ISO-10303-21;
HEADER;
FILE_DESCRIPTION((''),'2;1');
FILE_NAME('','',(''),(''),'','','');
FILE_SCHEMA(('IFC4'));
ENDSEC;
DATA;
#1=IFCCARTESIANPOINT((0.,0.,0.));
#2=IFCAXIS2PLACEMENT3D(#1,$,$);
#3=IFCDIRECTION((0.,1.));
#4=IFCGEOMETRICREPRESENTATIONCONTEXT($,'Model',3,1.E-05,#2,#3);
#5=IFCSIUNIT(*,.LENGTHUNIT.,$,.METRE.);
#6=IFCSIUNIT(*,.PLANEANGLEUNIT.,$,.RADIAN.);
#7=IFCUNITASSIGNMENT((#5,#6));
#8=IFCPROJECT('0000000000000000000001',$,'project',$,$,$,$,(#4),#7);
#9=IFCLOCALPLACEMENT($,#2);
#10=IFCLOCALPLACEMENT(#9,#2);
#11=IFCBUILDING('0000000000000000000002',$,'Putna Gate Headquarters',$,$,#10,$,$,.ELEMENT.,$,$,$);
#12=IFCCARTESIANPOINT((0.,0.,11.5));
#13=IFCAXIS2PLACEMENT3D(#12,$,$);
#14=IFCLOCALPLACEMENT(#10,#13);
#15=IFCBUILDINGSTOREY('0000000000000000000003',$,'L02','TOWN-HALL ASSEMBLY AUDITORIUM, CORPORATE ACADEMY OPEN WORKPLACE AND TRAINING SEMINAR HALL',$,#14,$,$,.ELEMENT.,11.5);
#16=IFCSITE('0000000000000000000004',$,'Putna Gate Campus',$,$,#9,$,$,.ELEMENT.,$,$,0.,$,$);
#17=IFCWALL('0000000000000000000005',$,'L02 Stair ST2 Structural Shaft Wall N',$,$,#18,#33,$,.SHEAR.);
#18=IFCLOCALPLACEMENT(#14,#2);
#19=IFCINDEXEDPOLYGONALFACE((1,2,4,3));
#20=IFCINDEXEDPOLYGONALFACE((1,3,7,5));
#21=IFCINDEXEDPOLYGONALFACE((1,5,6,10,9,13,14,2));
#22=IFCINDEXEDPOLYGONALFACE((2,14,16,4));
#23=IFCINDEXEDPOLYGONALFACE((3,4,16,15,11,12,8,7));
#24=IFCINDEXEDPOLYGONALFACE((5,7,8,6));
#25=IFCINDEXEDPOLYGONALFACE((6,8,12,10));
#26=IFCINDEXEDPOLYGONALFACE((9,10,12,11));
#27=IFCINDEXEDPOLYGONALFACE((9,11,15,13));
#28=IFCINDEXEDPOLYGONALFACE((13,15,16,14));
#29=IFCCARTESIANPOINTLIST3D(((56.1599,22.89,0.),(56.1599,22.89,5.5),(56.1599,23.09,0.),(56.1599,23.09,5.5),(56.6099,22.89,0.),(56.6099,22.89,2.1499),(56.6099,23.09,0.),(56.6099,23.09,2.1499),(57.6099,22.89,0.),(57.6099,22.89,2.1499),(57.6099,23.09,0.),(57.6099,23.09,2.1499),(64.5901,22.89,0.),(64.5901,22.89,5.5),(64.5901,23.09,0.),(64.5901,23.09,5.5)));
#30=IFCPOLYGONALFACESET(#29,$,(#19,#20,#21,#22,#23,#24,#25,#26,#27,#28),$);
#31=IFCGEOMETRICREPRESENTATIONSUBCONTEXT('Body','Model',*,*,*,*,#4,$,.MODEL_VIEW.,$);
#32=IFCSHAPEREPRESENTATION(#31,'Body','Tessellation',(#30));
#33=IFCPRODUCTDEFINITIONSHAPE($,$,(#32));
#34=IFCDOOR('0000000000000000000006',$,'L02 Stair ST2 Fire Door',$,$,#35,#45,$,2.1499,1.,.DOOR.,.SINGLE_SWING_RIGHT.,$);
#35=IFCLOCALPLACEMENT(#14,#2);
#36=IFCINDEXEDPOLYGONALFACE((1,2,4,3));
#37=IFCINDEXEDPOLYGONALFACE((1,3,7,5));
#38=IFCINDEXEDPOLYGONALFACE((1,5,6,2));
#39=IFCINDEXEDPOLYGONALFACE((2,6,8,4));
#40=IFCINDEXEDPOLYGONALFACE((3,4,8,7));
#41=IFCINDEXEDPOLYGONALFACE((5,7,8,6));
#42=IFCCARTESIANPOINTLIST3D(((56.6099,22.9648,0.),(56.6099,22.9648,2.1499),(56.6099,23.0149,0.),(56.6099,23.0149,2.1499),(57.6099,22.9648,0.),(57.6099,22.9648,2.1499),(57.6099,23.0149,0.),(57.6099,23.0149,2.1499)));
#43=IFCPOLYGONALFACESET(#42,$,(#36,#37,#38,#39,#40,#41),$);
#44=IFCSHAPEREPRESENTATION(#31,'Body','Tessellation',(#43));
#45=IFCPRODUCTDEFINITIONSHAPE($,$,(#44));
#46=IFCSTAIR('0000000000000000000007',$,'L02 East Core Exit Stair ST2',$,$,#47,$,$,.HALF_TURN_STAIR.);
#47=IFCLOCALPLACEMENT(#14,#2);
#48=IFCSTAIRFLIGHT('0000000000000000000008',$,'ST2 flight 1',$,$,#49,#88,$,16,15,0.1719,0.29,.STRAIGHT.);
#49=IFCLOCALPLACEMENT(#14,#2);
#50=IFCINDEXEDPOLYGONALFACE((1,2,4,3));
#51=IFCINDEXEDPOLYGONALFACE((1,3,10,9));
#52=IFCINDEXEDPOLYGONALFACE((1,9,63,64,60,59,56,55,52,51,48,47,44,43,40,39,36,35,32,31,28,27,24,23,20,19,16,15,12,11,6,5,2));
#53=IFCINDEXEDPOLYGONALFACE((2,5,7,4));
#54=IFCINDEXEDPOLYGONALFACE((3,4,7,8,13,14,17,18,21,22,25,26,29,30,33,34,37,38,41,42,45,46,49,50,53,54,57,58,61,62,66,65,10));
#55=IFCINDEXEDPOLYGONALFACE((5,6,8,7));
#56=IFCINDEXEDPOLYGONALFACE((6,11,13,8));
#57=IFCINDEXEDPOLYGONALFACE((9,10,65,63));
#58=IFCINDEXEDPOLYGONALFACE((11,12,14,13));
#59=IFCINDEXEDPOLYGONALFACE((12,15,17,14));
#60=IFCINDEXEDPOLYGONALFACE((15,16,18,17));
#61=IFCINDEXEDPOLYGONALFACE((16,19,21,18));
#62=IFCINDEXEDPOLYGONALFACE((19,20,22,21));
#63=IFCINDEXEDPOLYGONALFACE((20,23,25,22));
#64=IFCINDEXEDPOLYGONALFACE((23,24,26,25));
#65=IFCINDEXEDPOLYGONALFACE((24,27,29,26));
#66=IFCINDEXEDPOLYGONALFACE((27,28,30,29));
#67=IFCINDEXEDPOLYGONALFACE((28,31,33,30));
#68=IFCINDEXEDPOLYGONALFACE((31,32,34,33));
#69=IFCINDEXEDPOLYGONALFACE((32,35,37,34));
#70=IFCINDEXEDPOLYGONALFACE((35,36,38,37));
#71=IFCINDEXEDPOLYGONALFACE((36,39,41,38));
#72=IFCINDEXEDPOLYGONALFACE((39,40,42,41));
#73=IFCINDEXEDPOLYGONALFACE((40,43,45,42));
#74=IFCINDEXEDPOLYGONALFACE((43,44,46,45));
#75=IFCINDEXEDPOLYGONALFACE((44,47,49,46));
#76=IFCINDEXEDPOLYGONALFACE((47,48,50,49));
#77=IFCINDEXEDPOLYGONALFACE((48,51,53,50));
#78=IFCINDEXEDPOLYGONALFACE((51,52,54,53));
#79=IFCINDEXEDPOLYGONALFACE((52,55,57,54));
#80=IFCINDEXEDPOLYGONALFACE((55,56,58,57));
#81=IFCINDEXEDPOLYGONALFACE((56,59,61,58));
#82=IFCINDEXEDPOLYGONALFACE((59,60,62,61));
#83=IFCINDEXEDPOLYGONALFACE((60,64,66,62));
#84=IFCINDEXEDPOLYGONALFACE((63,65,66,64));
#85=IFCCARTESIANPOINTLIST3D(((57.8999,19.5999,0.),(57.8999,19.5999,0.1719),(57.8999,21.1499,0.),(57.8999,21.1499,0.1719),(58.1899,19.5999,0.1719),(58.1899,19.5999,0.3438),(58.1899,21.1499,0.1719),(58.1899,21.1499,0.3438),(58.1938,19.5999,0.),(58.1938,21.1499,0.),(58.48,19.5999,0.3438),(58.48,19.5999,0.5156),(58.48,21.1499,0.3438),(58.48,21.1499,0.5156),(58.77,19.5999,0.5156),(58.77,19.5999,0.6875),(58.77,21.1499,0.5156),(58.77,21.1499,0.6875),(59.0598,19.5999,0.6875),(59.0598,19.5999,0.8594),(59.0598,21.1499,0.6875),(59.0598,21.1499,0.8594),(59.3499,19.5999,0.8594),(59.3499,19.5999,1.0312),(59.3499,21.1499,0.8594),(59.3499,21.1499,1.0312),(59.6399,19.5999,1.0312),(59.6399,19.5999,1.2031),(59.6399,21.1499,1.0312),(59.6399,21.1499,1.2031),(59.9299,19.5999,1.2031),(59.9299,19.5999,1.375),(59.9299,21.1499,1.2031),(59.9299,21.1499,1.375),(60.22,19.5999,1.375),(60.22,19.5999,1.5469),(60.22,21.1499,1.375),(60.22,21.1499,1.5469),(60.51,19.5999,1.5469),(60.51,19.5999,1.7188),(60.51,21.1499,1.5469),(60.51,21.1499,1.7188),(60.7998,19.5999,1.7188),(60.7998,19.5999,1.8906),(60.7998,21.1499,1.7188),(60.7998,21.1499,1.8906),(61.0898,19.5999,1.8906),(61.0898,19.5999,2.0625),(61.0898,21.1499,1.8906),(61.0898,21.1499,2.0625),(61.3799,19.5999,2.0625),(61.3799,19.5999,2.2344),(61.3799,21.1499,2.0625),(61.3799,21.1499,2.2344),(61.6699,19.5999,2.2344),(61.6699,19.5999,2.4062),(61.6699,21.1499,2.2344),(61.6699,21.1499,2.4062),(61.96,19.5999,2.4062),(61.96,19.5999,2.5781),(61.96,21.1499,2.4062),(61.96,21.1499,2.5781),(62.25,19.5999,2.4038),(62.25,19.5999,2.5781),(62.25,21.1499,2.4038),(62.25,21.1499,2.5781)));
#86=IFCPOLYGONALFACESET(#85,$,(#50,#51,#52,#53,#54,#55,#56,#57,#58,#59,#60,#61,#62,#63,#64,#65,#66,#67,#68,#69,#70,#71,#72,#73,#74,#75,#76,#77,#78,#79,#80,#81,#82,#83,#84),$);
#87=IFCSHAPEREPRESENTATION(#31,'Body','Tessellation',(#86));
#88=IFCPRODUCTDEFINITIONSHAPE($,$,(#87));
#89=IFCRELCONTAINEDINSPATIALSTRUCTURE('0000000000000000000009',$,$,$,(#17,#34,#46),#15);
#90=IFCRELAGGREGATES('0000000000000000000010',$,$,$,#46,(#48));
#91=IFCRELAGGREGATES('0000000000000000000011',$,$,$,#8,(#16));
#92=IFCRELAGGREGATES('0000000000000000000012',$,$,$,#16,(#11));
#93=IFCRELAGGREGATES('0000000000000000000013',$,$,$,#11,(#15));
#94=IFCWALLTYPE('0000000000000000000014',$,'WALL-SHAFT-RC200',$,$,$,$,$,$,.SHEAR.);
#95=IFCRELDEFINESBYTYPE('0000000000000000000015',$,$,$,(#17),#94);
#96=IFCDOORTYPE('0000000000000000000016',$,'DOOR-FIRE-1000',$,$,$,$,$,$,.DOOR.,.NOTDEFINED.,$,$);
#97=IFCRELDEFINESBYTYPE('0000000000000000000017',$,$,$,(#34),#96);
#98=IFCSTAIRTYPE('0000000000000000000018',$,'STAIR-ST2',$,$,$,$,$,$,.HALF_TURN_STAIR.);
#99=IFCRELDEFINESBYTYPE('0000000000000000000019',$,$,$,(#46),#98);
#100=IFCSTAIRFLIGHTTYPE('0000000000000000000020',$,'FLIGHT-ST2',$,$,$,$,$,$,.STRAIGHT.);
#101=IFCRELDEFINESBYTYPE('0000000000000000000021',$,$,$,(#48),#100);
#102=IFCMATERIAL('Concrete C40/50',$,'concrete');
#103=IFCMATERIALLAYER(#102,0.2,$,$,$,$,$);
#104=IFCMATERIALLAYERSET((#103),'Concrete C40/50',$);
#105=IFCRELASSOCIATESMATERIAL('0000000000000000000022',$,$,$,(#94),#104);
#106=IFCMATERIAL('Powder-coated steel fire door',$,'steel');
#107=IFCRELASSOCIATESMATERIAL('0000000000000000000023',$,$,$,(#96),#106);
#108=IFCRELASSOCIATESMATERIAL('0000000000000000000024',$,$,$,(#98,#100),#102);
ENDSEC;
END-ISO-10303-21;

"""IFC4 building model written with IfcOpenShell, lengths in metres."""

from ifc_helpers import new_model, si_unit, direction, frame, frame_2d, origin, place, context, subcontext, project, spatial, polyline, rectangle, outline, extrude, material, layer, layer_set, type_object, element, fill, aggregate, save


model = new_model("IFC4")

# Units and contexts
model_context = context("Model", 3, precision=1e-05, world=origin(), true_north=direction((0.0, 1.0)))
body_context = subcontext(model_context, "Body", "Model", "MODEL_VIEW")
ifc_project = project(units=[si_unit("LENGTHUNIT", "METRE"), si_unit("PLANEANGLEUNIT", "RADIAN")], contexts=[model_context])

# Site, building, storey
site_placement = place(None, origin())
site = spatial("IfcSite", under=ifc_project, at=site_placement, Name="Putna Gate Campus", CompositionType="ELEMENT", RefElevation=0.0)
building_placement = place(site_placement, origin())
building = spatial("IfcBuilding", under=site, at=building_placement, Name="Putna Gate Headquarters", CompositionType="ELEMENT")
storey_placement = place(building_placement, frame((0.0, 0.0, 11.5)))
storey = spatial("IfcBuildingStorey", under=building, at=storey_placement, Name="L02", Description="TOWN-HALL ASSEMBLY AUDITORIUM, CORPORATE ACADEMY OPEN WORKPLACE AND TRAINING SEMINAR HALL", CompositionType="ELEMENT", Elevation=11.5)

# Shared definitions
ifc_material_1 = material(Name="Concrete C40/50", Category="concrete")

# Wall, opening, door
ifc_layer_1 = layer(ifc_material_1, 0.2)
ifc_layer_set_1 = layer_set([ifc_layer_1], Name="Concrete C40/50")
wall_type_1 = type_object("IfcWallType", Name="WALL-SHAFT-RC200", PredefinedType="SHEAR", material=ifc_layer_set_1)
wall_1_placement = place(storey_placement, frame((56.1599, 22.99, 0.0), z_axis=(0.0, 0.0, 1.0), x_axis=(1.0, 0.0, 0.0)))
wall_1 = element("IfcWall", 1, at=wall_1_placement, inside=storey, type_object=wall_type_1, Name="L02 Stair ST2 Structural Shaft Wall N", PredefinedType="SHEAR", context=body_context, shape_type="SweptSolid", body=[
    extrude(rectangle(XDim=8.4302, YDim=0.2, at=frame_2d((4.2151, 0.0))), origin(), (0.0, 0.0, 1.0), 5.5),
])
opening_1_placement = place(wall_1_placement, frame((0.45, 0.0, 0.0)))
opening_1 = element("IfcOpeningElement", 2, at=opening_1_placement, cuts=wall_1, PredefinedType="OPENING", context=body_context, shape_type="SweptSolid", body=[
    extrude(rectangle(XDim=1.0, YDim=2.1499, at=frame_2d((0.5, 1.075))), frame((0.0, 0.1099, 0.0), z_axis=(0.0, -1.0, 0.0), x_axis=(1.0, 0.0, 0.0)), (0.0, 0.0, 1.0), 0.22),
])
ifc_material_2 = material(Name="Powder-coated steel fire door", Category="steel")
door_type_1 = type_object("IfcDoorType", Name="DOOR-FIRE-1000", OperationType="NOTDEFINED", PredefinedType="DOOR", material=ifc_material_2)
door_1_placement = place(opening_1_placement, origin())
door_1 = element("IfcDoor", 3, at=door_1_placement, inside=storey, type_object=door_type_1, Name="L02 Stair ST2 Fire Door", OperationType="SINGLE_SWING_RIGHT", OverallHeight=2.1499, OverallWidth=1.0, PredefinedType="DOOR", context=body_context, shape_type="SweptSolid", body=[
    extrude(rectangle(XDim=1.0, YDim=2.1499, at=frame_2d((0.5, 1.075))), frame((0.0, 0.0249, 0.0), z_axis=(0.0, -1.0, 0.0), x_axis=(1.0, 0.0, 0.0)), (0.0, 0.0, 1.0), 0.05),
])
fill(opening_1, door_1)

# Stair, stair flight
stair_type = type_object("IfcStairType", Name="STAIR-ST2", PredefinedType="HALF_TURN_STAIR", material=ifc_material_1)
stair_placement = place(storey_placement, origin())
stair = element("IfcStair", 4, at=stair_placement, inside=storey, type_object=stair_type, Name="L02 East Core Exit Stair ST2", PredefinedType="HALF_TURN_STAIR")
stair_flight_type = type_object("IfcStairFlightType", Name="FLIGHT-ST2", PredefinedType="STRAIGHT", material=ifc_material_1)
stair_flight_placement = place(storey_placement, frame((57.8999, 20.375, 0.0), z_axis=(0.0, 0.0, 1.0), x_axis=(1.0, 0.0, 0.0)))
stair_flight = element("IfcStairFlight", 5, at=stair_flight_placement, type_object=stair_flight_type, Name="ST2 flight 1", NumberOfRisers=16, NumberOfTreads=15, PredefinedType="STRAIGHT", RiserHeight=0.1719, TreadLength=0.29, context=body_context, shape_type="SweptSolid", body=[
    extrude(outline(polyline([(0.0, 0.0), (0.0, 0.1719), (0.29, 0.1719), (0.29, 0.3438), (0.5801, 0.3438), (0.5801, 0.5156), (0.8701, 0.5156), (0.8701, 0.6875), (1.1599, 0.6875), (1.1599, 0.8594), (1.45, 0.8594), (1.45, 1.0312), (1.74, 1.0312), (1.74, 1.2031), (2.03, 1.2031), (2.03, 1.375), (2.3201, 1.375), (2.3201, 1.5469), (2.6101, 1.5469), (2.6101, 1.7188), (2.8999, 1.7188), (2.8999, 1.8906), (3.1899, 1.8906), (3.1899, 2.0625), (3.48, 2.0625), (3.48, 2.2344), (3.77, 2.2344), (3.77, 2.4062), (4.0601, 2.4062), (4.0601, 2.5781), (4.3501, 2.5781), (4.3501, 2.75), (4.3501, 2.4038), (0.2939, 0.0), (0.0, 0.0)])), frame((0.0, 0.7749, 0.0), z_axis=(0.0, -1.0, 0.0), x_axis=(1.0, 0.0, 0.0)), (0.0, 0.0, 1.0), 1.55),
])
aggregate(stair, [stair_flight])

save(model, "model.ifc")
